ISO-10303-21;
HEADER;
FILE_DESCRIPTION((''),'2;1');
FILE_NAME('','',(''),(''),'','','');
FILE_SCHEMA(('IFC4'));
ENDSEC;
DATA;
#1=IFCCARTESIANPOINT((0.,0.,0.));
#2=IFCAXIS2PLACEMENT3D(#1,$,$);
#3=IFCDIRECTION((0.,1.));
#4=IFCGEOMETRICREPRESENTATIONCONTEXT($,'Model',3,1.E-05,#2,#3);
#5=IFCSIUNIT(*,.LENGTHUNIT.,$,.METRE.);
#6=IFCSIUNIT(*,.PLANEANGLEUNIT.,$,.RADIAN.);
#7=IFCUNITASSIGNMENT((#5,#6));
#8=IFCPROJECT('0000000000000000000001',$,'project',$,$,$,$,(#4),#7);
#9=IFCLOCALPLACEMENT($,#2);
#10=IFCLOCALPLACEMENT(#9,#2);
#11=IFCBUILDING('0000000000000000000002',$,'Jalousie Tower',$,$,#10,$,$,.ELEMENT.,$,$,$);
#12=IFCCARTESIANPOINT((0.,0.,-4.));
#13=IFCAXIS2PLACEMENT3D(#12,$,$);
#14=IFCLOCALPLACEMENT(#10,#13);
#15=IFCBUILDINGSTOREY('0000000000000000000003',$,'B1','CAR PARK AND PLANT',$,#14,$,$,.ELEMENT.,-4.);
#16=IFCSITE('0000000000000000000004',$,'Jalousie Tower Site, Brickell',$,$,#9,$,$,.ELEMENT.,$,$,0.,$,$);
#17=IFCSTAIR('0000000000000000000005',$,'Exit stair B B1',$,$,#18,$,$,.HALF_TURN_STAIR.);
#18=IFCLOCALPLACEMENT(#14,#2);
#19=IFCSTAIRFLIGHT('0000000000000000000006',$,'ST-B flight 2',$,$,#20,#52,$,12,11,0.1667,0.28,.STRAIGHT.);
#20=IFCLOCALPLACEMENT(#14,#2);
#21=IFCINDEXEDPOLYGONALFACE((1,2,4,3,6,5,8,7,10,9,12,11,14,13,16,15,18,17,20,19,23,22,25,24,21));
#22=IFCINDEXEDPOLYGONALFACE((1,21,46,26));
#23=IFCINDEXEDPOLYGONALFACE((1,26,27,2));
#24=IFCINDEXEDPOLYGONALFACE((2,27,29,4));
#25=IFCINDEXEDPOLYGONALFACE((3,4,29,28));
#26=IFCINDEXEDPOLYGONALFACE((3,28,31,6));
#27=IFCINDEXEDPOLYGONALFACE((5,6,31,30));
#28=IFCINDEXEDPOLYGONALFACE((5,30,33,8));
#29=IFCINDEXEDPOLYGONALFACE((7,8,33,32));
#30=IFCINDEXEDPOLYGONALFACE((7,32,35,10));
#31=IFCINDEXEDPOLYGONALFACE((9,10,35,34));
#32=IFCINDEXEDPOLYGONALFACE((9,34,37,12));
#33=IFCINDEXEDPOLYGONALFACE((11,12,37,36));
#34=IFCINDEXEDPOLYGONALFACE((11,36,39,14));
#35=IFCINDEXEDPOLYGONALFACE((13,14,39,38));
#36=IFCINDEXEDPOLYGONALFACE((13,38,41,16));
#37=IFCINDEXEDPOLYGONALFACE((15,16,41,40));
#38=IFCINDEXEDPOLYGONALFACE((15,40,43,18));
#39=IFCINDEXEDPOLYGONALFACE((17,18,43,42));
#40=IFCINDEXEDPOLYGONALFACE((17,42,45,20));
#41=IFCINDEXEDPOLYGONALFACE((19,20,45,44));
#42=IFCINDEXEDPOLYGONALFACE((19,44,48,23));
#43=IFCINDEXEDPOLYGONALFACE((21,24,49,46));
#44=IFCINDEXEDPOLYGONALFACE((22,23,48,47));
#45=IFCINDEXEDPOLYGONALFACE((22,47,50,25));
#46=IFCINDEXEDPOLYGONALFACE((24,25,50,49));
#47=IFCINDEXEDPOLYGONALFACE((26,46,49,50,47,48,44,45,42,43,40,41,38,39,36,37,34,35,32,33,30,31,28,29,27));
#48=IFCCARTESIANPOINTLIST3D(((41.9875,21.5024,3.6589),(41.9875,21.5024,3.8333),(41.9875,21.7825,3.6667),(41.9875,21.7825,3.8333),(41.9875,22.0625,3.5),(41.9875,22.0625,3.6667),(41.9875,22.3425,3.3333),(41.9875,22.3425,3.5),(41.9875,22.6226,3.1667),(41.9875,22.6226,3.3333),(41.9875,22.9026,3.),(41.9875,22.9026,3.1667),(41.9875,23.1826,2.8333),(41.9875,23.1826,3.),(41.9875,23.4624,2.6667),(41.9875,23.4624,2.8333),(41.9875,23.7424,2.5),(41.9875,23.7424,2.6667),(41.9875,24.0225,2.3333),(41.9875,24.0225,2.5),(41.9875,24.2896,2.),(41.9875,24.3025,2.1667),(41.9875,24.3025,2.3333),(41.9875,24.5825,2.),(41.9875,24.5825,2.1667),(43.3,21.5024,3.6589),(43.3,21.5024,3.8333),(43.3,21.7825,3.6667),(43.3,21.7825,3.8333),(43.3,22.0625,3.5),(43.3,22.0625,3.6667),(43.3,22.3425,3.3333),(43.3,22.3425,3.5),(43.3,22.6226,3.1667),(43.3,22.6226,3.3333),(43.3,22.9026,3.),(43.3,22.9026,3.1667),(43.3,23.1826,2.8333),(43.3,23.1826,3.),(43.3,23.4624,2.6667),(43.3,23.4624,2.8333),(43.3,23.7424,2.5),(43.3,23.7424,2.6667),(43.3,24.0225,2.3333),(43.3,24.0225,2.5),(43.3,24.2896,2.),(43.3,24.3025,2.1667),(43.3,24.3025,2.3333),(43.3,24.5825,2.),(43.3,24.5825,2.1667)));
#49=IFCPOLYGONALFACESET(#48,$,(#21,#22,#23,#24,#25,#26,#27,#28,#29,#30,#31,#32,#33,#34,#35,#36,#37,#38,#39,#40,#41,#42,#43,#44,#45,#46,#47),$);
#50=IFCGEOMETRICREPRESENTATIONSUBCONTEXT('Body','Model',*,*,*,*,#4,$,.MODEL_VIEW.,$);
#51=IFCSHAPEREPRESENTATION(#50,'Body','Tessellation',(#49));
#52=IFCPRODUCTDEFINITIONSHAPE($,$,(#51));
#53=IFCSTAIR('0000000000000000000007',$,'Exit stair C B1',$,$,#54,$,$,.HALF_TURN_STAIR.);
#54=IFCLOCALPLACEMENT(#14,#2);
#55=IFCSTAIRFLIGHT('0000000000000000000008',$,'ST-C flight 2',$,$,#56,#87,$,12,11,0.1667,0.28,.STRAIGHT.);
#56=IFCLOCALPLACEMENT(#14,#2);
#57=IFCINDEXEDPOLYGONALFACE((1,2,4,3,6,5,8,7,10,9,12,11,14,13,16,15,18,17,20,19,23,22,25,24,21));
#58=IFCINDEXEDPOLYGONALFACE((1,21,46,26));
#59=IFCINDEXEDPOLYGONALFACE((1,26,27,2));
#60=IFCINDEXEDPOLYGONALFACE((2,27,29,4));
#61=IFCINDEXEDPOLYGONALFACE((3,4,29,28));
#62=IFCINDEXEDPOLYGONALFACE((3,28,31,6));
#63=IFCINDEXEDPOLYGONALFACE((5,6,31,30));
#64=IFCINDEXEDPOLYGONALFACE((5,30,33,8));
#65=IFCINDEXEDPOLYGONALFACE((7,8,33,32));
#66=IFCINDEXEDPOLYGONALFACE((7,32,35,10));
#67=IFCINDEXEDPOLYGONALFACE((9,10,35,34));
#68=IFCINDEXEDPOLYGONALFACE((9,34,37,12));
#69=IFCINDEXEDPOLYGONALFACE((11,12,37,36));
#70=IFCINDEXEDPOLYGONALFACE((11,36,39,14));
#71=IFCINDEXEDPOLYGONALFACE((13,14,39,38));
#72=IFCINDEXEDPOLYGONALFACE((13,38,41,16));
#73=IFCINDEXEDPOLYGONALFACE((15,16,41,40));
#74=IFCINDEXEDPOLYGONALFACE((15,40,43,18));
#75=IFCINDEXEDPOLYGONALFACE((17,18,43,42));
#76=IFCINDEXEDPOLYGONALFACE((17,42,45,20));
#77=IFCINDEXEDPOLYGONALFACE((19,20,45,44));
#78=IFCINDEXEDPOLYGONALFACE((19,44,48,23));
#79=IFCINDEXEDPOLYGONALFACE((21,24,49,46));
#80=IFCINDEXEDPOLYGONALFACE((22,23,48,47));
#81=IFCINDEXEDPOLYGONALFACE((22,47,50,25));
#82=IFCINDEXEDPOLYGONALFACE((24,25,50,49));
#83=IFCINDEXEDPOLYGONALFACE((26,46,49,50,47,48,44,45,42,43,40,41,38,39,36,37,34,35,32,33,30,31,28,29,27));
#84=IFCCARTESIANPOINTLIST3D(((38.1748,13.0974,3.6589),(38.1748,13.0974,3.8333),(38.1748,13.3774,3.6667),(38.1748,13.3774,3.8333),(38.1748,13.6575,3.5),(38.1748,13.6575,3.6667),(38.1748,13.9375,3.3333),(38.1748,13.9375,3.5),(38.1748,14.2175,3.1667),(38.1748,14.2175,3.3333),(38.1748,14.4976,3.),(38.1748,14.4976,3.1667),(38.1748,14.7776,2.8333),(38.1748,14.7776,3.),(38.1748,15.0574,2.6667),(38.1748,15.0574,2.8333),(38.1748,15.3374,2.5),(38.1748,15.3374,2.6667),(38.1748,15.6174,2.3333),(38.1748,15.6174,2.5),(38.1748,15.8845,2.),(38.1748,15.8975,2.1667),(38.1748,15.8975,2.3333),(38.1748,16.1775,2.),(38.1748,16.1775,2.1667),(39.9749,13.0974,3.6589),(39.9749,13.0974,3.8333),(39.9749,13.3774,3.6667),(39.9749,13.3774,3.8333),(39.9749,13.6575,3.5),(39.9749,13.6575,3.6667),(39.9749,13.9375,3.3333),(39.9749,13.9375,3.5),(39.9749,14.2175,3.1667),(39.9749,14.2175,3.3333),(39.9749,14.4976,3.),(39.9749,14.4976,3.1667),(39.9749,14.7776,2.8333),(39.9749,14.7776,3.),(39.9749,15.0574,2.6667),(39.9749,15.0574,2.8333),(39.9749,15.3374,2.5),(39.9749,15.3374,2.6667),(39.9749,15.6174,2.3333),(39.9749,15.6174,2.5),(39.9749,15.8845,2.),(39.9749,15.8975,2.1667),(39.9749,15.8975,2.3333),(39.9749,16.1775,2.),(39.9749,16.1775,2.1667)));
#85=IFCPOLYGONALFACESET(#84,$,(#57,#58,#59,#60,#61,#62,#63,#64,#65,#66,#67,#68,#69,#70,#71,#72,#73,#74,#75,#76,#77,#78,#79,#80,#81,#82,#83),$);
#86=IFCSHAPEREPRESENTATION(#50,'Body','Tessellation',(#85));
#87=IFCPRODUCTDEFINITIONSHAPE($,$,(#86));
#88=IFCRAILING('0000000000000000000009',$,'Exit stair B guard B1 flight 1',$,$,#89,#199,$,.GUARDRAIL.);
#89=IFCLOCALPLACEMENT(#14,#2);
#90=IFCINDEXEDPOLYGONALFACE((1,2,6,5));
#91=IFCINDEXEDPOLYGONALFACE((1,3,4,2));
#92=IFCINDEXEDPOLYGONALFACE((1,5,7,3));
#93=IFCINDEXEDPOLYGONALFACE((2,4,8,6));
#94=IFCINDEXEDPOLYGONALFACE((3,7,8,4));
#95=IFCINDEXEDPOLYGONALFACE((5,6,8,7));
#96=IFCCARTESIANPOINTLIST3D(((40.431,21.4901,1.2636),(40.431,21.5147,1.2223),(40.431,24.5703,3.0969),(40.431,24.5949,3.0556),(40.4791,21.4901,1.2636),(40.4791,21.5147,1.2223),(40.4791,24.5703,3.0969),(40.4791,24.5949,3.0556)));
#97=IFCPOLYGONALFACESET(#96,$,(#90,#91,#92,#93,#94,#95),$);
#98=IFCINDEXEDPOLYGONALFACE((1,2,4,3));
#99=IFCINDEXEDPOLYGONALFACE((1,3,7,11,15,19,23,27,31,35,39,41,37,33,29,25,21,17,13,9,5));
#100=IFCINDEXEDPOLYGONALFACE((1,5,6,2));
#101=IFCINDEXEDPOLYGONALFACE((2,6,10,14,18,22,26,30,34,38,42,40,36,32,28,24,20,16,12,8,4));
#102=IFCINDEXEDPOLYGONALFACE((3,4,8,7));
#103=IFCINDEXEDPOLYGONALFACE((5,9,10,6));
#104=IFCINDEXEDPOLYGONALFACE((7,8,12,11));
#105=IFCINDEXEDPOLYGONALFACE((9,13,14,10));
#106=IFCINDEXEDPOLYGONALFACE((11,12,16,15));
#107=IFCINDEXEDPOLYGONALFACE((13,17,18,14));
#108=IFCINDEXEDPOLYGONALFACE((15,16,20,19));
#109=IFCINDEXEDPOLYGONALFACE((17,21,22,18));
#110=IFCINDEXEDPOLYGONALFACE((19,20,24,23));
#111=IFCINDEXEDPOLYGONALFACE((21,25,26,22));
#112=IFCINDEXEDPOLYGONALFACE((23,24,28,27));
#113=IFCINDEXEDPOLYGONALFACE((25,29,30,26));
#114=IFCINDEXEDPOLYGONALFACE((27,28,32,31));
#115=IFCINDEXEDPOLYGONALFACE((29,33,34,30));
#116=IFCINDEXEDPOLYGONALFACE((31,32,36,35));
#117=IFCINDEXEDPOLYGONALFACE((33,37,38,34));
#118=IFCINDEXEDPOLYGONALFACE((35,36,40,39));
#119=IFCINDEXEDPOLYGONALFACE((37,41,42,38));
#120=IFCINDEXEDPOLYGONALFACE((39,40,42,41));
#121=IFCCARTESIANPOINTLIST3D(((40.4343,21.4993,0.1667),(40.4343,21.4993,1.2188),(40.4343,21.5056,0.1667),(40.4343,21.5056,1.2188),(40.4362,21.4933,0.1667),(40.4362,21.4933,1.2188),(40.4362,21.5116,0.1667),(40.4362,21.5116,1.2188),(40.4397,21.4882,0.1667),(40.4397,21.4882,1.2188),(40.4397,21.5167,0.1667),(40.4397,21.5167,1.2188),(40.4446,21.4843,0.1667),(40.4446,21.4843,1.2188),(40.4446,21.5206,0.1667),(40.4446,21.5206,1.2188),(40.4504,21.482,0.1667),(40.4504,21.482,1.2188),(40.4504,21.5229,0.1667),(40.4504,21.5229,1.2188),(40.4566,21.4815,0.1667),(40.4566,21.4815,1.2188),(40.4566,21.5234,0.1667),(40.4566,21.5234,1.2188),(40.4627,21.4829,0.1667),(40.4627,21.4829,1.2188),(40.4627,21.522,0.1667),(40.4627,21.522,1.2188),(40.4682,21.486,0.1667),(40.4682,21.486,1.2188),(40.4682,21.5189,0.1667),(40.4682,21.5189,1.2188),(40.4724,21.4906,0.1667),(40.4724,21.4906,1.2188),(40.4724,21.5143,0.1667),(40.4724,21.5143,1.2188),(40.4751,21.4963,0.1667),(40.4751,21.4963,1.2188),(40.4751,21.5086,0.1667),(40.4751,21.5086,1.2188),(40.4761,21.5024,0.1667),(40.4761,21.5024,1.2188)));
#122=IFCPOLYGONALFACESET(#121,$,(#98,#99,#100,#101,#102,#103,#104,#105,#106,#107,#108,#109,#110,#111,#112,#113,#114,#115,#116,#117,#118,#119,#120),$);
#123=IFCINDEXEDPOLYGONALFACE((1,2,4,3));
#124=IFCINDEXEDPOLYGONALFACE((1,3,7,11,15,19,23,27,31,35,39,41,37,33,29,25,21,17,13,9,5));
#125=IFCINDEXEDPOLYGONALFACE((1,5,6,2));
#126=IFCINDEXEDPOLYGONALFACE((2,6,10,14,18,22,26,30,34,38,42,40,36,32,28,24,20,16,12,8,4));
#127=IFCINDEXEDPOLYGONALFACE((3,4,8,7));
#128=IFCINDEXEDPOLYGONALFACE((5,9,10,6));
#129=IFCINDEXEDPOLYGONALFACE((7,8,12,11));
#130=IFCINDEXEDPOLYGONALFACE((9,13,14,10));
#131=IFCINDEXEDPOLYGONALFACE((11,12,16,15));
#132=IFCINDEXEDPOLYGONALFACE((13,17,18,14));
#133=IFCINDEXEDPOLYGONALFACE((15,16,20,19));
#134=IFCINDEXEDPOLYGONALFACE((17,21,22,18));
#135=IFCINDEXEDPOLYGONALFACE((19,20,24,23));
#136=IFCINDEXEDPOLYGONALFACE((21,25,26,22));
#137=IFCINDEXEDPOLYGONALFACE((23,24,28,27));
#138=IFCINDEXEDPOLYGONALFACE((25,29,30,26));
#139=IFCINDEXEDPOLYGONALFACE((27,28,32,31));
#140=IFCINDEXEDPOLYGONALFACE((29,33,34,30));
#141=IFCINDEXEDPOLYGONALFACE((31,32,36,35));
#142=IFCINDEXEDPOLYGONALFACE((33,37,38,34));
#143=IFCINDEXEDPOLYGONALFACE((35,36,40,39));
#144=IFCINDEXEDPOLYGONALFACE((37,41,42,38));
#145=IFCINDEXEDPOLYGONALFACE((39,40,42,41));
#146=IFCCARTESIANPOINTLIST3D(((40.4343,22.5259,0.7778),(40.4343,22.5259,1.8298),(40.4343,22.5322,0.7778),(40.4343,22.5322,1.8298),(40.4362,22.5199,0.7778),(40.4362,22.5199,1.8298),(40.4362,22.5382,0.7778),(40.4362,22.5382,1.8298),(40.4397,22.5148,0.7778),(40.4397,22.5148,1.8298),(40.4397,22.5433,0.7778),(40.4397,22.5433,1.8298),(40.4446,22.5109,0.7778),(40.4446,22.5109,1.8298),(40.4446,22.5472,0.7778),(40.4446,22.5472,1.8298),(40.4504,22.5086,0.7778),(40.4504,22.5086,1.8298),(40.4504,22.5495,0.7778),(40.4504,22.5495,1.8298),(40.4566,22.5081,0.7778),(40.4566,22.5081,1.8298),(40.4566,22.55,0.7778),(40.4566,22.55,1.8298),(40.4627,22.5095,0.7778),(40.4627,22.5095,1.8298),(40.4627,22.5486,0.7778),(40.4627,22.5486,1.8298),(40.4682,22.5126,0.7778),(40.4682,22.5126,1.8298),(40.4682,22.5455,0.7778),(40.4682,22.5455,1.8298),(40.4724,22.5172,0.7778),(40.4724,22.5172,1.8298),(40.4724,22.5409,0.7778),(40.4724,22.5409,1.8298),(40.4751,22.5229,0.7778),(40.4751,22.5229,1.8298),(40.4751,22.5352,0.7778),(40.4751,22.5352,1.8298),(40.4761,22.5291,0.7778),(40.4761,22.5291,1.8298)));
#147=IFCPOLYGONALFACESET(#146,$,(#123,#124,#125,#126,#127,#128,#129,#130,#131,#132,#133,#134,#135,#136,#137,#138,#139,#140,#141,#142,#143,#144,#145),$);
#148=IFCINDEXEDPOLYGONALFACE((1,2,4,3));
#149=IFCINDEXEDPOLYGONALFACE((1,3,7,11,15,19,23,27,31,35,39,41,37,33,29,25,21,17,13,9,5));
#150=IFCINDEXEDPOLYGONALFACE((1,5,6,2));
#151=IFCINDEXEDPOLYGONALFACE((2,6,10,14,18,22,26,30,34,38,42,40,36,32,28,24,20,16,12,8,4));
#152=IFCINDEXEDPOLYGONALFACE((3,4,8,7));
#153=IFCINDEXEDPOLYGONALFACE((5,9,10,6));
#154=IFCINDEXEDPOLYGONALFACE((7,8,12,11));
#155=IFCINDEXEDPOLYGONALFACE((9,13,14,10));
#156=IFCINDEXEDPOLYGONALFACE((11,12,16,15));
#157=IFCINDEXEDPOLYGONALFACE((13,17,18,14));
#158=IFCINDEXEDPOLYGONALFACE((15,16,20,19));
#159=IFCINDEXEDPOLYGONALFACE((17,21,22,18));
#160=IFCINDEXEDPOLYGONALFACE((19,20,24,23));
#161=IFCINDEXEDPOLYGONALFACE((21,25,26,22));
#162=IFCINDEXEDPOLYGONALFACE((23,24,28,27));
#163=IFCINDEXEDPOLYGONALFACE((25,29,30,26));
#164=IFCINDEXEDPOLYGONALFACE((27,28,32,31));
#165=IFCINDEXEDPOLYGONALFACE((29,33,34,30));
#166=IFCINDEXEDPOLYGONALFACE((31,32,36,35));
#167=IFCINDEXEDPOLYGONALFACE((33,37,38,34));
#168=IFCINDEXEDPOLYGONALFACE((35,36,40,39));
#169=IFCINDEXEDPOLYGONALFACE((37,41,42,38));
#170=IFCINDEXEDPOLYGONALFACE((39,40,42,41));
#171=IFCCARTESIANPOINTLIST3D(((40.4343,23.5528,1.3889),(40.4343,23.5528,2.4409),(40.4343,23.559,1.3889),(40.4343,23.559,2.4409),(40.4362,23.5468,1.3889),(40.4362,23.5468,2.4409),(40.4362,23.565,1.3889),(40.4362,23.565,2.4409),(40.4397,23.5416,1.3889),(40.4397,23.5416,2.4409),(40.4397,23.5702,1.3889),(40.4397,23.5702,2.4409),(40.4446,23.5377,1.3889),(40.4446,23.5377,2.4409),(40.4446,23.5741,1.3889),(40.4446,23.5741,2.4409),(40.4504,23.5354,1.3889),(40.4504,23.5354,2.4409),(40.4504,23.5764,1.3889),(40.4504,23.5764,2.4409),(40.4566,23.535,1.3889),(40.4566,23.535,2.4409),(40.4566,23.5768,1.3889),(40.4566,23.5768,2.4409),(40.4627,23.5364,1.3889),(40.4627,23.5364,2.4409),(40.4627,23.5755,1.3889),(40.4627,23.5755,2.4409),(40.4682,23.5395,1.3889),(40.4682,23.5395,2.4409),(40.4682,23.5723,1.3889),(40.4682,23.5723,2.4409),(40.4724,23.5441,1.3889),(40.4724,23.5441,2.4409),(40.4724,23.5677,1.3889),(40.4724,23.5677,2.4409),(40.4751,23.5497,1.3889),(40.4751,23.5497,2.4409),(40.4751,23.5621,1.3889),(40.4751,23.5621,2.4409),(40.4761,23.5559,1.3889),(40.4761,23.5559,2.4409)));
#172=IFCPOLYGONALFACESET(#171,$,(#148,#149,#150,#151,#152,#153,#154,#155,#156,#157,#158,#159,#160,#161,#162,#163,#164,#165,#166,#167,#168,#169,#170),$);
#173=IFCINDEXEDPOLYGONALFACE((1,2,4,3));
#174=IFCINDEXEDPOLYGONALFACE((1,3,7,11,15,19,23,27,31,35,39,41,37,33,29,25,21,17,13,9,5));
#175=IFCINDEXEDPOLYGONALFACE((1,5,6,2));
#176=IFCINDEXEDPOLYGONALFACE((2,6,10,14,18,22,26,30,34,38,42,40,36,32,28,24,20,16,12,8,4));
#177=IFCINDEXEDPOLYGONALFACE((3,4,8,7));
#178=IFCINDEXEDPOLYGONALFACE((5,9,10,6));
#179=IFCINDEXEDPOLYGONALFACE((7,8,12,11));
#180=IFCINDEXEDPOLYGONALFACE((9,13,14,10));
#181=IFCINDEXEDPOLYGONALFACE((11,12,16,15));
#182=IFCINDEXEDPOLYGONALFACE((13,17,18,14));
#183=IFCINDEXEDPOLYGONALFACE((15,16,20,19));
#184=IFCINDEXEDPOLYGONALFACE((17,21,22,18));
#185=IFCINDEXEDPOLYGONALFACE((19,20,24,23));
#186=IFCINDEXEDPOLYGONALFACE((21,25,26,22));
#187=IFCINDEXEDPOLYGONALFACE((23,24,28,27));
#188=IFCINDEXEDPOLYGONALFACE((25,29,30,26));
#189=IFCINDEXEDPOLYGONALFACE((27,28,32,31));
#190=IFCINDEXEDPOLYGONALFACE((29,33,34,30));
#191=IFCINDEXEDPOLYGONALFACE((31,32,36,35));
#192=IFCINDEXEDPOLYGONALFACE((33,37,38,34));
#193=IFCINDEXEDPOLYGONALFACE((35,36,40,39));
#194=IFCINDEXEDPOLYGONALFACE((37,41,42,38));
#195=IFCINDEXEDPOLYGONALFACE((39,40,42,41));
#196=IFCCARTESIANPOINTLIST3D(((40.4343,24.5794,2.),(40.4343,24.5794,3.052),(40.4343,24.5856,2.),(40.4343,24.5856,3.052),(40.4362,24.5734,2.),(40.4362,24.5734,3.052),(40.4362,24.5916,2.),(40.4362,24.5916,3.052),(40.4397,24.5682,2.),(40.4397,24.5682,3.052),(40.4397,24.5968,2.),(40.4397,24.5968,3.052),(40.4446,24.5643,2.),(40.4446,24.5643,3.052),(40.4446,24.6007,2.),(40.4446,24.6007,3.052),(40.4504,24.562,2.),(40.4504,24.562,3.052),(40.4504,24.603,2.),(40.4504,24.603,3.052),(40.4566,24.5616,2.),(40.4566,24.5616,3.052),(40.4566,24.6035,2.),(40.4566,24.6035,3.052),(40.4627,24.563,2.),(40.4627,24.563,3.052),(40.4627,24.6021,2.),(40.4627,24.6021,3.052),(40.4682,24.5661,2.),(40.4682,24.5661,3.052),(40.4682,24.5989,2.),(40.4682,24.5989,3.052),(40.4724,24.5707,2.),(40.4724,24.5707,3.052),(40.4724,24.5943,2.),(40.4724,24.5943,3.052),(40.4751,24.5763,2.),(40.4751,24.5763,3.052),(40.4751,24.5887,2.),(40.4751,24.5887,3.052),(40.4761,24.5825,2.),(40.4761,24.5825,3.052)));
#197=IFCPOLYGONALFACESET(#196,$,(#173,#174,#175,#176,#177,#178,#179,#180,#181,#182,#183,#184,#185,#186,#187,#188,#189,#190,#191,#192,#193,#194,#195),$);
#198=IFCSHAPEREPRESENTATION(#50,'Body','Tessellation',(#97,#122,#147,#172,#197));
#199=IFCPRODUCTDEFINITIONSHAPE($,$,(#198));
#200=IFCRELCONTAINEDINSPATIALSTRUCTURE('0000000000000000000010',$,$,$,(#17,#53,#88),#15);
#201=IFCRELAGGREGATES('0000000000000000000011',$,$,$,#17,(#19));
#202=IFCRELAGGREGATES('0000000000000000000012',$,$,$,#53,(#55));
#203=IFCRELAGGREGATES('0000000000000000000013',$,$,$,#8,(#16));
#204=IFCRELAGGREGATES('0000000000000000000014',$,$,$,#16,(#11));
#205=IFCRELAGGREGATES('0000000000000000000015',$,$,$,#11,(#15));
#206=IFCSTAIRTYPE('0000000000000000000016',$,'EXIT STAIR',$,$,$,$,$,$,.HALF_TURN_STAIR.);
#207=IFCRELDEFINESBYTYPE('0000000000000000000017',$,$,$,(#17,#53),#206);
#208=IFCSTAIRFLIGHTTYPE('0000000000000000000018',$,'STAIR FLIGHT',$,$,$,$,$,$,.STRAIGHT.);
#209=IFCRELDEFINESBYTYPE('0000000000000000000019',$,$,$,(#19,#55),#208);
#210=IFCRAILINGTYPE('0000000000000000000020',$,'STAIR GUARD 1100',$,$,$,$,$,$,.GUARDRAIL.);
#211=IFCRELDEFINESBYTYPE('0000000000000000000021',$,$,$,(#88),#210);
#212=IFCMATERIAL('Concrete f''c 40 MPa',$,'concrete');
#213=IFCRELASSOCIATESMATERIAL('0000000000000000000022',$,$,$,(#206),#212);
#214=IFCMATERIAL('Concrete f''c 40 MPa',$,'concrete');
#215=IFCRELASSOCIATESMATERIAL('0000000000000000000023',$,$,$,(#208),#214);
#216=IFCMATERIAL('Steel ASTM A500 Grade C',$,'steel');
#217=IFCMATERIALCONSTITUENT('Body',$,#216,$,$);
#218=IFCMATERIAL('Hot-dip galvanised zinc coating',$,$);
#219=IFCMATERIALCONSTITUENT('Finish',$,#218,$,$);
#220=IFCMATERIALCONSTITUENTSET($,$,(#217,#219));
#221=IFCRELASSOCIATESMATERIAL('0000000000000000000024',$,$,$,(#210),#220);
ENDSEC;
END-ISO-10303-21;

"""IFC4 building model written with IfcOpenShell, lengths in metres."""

from ifc_helpers import new_model, si_unit, direction, frame, origin, origin_2d, place, context, subcontext, project, spatial, polyline, rectangle, circle, outline, extrude, material, constituent, constituent_set, type_object, element, aggregate, save


model = new_model("IFC4")

# Units and contexts
model_context = context("Model", 3, precision=1e-05, world=origin(), true_north=direction((0.0, 1.0)))
body_context = subcontext(model_context, "Body", "Model", "MODEL_VIEW")
ifc_project = project(units=[si_unit("LENGTHUNIT", "METRE"), si_unit("PLANEANGLEUNIT", "RADIAN")], contexts=[model_context])

# Site, building, storey
site_placement = place(None, origin())
site = spatial("IfcSite", under=ifc_project, at=site_placement, Name="Jalousie Tower Site, Brickell", CompositionType="ELEMENT", RefElevation=0.0)
building_placement = place(site_placement, origin())
building = spatial("IfcBuilding", under=site, at=building_placement, Name="Jalousie Tower", CompositionType="ELEMENT")
storey_placement = place(building_placement, frame((0.0, 0.0, -4.0)))
storey = spatial("IfcBuildingStorey", under=building, at=storey_placement, Name="B1", Description="CAR PARK AND PLANT", CompositionType="ELEMENT", Elevation=-4.0)

# Stair, stair flight
ifc_material_1 = material(Name="Concrete f'c 40 MPa", Category="concrete")
stair_type = type_object("IfcStairType", Name="EXIT STAIR", PredefinedType="HALF_TURN_STAIR", material=ifc_material_1)
stair_1_placement = place(storey_placement, origin())
stair_1 = element("IfcStair", 1, at=stair_1_placement, inside=storey, type_object=stair_type, Name="Exit stair B B1", PredefinedType="HALF_TURN_STAIR")
ifc_material_2 = material(Name="Concrete f'c 40 MPa", Category="concrete")
stair_flight_type = type_object("IfcStairFlightType", Name="STAIR FLIGHT", PredefinedType="STRAIGHT", material=ifc_material_2)
stair_flight_1_placement = place(storey_placement, frame((42.6438, 24.5825, 2.0), z_axis=(0.0, 0.0, 1.0), x_axis=(0.0, -1.0, 0.0)))
stair_flight_1 = element("IfcStairFlight", 2, at=stair_flight_1_placement, type_object=stair_flight_type, Name="ST-B flight 2", NumberOfRisers=12, NumberOfTreads=11, PredefinedType="STRAIGHT", RiserHeight=0.1667, TreadLength=0.28, context=body_context, shape_type="SweptSolid", body=[
    extrude(outline(polyline([(0.0, 0.0), (0.0, 0.1667), (0.28, 0.1667), (0.28, 0.3333), (0.5601, 0.3333), (0.5601, 0.5), (0.8401, 0.5), (0.8401, 0.6667), (1.1201, 0.6667), (1.1201, 0.8333), (1.3999, 0.8333), (1.3999, 1.0), (1.6799, 1.0), (1.6799, 1.1667), (1.96, 1.1667), (1.96, 1.3333), (2.24, 1.3333), (2.24, 1.5), (2.52, 1.5), (2.52, 1.6667), (2.8, 1.6667), (2.8, 1.8333), (3.0801, 1.8333), (3.0801, 2.0), (3.0801, 1.6589), (0.293, 0.0), (0.0, 0.0)])), frame((0.0, 0.6562, 0.0), z_axis=(0.0, -1.0, 0.0), x_axis=(1.0, 0.0, 0.0)), (0.0, 0.0, 1.0), 1.3125),
])
aggregate(stair_1, [stair_flight_1])

# Stair, stair flight
stair_2_placement = place(storey_placement, origin())
stair_2 = element("IfcStair", 3, at=stair_2_placement, inside=storey, type_object=stair_type, Name="Exit stair C B1", PredefinedType="HALF_TURN_STAIR")
stair_flight_2_placement = place(storey_placement, frame((39.075, 16.1775, 2.0), z_axis=(0.0, 0.0, 1.0), x_axis=(0.0, -1.0, 0.0)))
stair_flight_2 = element("IfcStairFlight", 4, at=stair_flight_2_placement, type_object=stair_flight_type, Name="ST-C flight 2", NumberOfRisers=12, NumberOfTreads=11, PredefinedType="STRAIGHT", RiserHeight=0.1667, TreadLength=0.28, context=body_context, shape_type="SweptSolid", body=[
    extrude(outline(polyline([(0.0, 0.0), (0.0, 0.1667), (0.28, 0.1667), (0.28, 0.3333), (0.5601, 0.3333), (0.5601, 0.5), (0.8401, 0.5), (0.8401, 0.6667), (1.1201, 0.6667), (1.1201, 0.8333), (1.3999, 0.8333), (1.3999, 1.0), (1.6799, 1.0), (1.6799, 1.1667), (1.96, 1.1667), (1.96, 1.3333), (2.24, 1.3333), (2.24, 1.5), (2.52, 1.5), (2.52, 1.6667), (2.8, 1.6667), (2.8, 1.8333), (3.0801, 1.8333), (3.0801, 2.0), (3.0801, 1.6589), (0.293, 0.0), (0.0, 0.0)])), frame((0.0, 0.8999, 0.0), z_axis=(0.0, -1.0, 0.0), x_axis=(1.0, 0.0, 0.0)), (0.0, 0.0, 1.0), 1.8),
])
aggregate(stair_2, [stair_flight_2])

# Railing
ifc_material_3 = material(Name="Steel ASTM A500 Grade C", Category="steel")
ifc_constituent_1 = constituent(ifc_material_3, Name="Body")
ifc_material_4 = material(Name="Hot-dip galvanised zinc coating")
ifc_constituent_2 = constituent(ifc_material_4, Name="Finish")
ifc_constituent_set_1 = constituent_set(constituents=[ifc_constituent_1, ifc_constituent_2])
railing_type_1 = type_object("IfcRailingType", Name="STAIR GUARD 1100", PredefinedType="GUARDRAIL", material=ifc_constituent_set_1)
railing_1_placement = place(storey_placement, frame((40.4551, 21.5024, 0.1667)))
element("IfcRailing", 5, at=railing_1_placement, inside=storey, type_object=railing_type_1, Name="Exit stair B guard B1 flight 1", PredefinedType="GUARDRAIL", context=body_context, shape_type="SweptSolid", body=[
    extrude(rectangle(XDim=0.0481, YDim=0.0481, at=origin_2d()), frame((0.0, 0.0, 1.0762), z_axis=(0.0, 0.859309, 0.511458), x_axis=(-1.0, 0.0, 0.0)), (0.0, 0.0, 1.0), 3.5845),
    extrude(circle(Radius=0.021, at=origin_2d()), origin(), (0.0, 0.0, 1.0), 1.052),
    extrude(circle(Radius=0.021, at=origin_2d()), frame((0.0, 1.0266, 0.6111)), (0.0, 0.0, 1.0), 1.052),
    extrude(circle(Radius=0.021, at=origin_2d()), frame((0.0, 2.0535, 1.2222)), (0.0, 0.0, 1.0), 1.052),
    extrude(circle(Radius=0.021, at=origin_2d()), frame((0.0, 3.0801, 1.8333)), (0.0, 0.0, 1.0), 1.052),
])

save(model, "model.ifc")
